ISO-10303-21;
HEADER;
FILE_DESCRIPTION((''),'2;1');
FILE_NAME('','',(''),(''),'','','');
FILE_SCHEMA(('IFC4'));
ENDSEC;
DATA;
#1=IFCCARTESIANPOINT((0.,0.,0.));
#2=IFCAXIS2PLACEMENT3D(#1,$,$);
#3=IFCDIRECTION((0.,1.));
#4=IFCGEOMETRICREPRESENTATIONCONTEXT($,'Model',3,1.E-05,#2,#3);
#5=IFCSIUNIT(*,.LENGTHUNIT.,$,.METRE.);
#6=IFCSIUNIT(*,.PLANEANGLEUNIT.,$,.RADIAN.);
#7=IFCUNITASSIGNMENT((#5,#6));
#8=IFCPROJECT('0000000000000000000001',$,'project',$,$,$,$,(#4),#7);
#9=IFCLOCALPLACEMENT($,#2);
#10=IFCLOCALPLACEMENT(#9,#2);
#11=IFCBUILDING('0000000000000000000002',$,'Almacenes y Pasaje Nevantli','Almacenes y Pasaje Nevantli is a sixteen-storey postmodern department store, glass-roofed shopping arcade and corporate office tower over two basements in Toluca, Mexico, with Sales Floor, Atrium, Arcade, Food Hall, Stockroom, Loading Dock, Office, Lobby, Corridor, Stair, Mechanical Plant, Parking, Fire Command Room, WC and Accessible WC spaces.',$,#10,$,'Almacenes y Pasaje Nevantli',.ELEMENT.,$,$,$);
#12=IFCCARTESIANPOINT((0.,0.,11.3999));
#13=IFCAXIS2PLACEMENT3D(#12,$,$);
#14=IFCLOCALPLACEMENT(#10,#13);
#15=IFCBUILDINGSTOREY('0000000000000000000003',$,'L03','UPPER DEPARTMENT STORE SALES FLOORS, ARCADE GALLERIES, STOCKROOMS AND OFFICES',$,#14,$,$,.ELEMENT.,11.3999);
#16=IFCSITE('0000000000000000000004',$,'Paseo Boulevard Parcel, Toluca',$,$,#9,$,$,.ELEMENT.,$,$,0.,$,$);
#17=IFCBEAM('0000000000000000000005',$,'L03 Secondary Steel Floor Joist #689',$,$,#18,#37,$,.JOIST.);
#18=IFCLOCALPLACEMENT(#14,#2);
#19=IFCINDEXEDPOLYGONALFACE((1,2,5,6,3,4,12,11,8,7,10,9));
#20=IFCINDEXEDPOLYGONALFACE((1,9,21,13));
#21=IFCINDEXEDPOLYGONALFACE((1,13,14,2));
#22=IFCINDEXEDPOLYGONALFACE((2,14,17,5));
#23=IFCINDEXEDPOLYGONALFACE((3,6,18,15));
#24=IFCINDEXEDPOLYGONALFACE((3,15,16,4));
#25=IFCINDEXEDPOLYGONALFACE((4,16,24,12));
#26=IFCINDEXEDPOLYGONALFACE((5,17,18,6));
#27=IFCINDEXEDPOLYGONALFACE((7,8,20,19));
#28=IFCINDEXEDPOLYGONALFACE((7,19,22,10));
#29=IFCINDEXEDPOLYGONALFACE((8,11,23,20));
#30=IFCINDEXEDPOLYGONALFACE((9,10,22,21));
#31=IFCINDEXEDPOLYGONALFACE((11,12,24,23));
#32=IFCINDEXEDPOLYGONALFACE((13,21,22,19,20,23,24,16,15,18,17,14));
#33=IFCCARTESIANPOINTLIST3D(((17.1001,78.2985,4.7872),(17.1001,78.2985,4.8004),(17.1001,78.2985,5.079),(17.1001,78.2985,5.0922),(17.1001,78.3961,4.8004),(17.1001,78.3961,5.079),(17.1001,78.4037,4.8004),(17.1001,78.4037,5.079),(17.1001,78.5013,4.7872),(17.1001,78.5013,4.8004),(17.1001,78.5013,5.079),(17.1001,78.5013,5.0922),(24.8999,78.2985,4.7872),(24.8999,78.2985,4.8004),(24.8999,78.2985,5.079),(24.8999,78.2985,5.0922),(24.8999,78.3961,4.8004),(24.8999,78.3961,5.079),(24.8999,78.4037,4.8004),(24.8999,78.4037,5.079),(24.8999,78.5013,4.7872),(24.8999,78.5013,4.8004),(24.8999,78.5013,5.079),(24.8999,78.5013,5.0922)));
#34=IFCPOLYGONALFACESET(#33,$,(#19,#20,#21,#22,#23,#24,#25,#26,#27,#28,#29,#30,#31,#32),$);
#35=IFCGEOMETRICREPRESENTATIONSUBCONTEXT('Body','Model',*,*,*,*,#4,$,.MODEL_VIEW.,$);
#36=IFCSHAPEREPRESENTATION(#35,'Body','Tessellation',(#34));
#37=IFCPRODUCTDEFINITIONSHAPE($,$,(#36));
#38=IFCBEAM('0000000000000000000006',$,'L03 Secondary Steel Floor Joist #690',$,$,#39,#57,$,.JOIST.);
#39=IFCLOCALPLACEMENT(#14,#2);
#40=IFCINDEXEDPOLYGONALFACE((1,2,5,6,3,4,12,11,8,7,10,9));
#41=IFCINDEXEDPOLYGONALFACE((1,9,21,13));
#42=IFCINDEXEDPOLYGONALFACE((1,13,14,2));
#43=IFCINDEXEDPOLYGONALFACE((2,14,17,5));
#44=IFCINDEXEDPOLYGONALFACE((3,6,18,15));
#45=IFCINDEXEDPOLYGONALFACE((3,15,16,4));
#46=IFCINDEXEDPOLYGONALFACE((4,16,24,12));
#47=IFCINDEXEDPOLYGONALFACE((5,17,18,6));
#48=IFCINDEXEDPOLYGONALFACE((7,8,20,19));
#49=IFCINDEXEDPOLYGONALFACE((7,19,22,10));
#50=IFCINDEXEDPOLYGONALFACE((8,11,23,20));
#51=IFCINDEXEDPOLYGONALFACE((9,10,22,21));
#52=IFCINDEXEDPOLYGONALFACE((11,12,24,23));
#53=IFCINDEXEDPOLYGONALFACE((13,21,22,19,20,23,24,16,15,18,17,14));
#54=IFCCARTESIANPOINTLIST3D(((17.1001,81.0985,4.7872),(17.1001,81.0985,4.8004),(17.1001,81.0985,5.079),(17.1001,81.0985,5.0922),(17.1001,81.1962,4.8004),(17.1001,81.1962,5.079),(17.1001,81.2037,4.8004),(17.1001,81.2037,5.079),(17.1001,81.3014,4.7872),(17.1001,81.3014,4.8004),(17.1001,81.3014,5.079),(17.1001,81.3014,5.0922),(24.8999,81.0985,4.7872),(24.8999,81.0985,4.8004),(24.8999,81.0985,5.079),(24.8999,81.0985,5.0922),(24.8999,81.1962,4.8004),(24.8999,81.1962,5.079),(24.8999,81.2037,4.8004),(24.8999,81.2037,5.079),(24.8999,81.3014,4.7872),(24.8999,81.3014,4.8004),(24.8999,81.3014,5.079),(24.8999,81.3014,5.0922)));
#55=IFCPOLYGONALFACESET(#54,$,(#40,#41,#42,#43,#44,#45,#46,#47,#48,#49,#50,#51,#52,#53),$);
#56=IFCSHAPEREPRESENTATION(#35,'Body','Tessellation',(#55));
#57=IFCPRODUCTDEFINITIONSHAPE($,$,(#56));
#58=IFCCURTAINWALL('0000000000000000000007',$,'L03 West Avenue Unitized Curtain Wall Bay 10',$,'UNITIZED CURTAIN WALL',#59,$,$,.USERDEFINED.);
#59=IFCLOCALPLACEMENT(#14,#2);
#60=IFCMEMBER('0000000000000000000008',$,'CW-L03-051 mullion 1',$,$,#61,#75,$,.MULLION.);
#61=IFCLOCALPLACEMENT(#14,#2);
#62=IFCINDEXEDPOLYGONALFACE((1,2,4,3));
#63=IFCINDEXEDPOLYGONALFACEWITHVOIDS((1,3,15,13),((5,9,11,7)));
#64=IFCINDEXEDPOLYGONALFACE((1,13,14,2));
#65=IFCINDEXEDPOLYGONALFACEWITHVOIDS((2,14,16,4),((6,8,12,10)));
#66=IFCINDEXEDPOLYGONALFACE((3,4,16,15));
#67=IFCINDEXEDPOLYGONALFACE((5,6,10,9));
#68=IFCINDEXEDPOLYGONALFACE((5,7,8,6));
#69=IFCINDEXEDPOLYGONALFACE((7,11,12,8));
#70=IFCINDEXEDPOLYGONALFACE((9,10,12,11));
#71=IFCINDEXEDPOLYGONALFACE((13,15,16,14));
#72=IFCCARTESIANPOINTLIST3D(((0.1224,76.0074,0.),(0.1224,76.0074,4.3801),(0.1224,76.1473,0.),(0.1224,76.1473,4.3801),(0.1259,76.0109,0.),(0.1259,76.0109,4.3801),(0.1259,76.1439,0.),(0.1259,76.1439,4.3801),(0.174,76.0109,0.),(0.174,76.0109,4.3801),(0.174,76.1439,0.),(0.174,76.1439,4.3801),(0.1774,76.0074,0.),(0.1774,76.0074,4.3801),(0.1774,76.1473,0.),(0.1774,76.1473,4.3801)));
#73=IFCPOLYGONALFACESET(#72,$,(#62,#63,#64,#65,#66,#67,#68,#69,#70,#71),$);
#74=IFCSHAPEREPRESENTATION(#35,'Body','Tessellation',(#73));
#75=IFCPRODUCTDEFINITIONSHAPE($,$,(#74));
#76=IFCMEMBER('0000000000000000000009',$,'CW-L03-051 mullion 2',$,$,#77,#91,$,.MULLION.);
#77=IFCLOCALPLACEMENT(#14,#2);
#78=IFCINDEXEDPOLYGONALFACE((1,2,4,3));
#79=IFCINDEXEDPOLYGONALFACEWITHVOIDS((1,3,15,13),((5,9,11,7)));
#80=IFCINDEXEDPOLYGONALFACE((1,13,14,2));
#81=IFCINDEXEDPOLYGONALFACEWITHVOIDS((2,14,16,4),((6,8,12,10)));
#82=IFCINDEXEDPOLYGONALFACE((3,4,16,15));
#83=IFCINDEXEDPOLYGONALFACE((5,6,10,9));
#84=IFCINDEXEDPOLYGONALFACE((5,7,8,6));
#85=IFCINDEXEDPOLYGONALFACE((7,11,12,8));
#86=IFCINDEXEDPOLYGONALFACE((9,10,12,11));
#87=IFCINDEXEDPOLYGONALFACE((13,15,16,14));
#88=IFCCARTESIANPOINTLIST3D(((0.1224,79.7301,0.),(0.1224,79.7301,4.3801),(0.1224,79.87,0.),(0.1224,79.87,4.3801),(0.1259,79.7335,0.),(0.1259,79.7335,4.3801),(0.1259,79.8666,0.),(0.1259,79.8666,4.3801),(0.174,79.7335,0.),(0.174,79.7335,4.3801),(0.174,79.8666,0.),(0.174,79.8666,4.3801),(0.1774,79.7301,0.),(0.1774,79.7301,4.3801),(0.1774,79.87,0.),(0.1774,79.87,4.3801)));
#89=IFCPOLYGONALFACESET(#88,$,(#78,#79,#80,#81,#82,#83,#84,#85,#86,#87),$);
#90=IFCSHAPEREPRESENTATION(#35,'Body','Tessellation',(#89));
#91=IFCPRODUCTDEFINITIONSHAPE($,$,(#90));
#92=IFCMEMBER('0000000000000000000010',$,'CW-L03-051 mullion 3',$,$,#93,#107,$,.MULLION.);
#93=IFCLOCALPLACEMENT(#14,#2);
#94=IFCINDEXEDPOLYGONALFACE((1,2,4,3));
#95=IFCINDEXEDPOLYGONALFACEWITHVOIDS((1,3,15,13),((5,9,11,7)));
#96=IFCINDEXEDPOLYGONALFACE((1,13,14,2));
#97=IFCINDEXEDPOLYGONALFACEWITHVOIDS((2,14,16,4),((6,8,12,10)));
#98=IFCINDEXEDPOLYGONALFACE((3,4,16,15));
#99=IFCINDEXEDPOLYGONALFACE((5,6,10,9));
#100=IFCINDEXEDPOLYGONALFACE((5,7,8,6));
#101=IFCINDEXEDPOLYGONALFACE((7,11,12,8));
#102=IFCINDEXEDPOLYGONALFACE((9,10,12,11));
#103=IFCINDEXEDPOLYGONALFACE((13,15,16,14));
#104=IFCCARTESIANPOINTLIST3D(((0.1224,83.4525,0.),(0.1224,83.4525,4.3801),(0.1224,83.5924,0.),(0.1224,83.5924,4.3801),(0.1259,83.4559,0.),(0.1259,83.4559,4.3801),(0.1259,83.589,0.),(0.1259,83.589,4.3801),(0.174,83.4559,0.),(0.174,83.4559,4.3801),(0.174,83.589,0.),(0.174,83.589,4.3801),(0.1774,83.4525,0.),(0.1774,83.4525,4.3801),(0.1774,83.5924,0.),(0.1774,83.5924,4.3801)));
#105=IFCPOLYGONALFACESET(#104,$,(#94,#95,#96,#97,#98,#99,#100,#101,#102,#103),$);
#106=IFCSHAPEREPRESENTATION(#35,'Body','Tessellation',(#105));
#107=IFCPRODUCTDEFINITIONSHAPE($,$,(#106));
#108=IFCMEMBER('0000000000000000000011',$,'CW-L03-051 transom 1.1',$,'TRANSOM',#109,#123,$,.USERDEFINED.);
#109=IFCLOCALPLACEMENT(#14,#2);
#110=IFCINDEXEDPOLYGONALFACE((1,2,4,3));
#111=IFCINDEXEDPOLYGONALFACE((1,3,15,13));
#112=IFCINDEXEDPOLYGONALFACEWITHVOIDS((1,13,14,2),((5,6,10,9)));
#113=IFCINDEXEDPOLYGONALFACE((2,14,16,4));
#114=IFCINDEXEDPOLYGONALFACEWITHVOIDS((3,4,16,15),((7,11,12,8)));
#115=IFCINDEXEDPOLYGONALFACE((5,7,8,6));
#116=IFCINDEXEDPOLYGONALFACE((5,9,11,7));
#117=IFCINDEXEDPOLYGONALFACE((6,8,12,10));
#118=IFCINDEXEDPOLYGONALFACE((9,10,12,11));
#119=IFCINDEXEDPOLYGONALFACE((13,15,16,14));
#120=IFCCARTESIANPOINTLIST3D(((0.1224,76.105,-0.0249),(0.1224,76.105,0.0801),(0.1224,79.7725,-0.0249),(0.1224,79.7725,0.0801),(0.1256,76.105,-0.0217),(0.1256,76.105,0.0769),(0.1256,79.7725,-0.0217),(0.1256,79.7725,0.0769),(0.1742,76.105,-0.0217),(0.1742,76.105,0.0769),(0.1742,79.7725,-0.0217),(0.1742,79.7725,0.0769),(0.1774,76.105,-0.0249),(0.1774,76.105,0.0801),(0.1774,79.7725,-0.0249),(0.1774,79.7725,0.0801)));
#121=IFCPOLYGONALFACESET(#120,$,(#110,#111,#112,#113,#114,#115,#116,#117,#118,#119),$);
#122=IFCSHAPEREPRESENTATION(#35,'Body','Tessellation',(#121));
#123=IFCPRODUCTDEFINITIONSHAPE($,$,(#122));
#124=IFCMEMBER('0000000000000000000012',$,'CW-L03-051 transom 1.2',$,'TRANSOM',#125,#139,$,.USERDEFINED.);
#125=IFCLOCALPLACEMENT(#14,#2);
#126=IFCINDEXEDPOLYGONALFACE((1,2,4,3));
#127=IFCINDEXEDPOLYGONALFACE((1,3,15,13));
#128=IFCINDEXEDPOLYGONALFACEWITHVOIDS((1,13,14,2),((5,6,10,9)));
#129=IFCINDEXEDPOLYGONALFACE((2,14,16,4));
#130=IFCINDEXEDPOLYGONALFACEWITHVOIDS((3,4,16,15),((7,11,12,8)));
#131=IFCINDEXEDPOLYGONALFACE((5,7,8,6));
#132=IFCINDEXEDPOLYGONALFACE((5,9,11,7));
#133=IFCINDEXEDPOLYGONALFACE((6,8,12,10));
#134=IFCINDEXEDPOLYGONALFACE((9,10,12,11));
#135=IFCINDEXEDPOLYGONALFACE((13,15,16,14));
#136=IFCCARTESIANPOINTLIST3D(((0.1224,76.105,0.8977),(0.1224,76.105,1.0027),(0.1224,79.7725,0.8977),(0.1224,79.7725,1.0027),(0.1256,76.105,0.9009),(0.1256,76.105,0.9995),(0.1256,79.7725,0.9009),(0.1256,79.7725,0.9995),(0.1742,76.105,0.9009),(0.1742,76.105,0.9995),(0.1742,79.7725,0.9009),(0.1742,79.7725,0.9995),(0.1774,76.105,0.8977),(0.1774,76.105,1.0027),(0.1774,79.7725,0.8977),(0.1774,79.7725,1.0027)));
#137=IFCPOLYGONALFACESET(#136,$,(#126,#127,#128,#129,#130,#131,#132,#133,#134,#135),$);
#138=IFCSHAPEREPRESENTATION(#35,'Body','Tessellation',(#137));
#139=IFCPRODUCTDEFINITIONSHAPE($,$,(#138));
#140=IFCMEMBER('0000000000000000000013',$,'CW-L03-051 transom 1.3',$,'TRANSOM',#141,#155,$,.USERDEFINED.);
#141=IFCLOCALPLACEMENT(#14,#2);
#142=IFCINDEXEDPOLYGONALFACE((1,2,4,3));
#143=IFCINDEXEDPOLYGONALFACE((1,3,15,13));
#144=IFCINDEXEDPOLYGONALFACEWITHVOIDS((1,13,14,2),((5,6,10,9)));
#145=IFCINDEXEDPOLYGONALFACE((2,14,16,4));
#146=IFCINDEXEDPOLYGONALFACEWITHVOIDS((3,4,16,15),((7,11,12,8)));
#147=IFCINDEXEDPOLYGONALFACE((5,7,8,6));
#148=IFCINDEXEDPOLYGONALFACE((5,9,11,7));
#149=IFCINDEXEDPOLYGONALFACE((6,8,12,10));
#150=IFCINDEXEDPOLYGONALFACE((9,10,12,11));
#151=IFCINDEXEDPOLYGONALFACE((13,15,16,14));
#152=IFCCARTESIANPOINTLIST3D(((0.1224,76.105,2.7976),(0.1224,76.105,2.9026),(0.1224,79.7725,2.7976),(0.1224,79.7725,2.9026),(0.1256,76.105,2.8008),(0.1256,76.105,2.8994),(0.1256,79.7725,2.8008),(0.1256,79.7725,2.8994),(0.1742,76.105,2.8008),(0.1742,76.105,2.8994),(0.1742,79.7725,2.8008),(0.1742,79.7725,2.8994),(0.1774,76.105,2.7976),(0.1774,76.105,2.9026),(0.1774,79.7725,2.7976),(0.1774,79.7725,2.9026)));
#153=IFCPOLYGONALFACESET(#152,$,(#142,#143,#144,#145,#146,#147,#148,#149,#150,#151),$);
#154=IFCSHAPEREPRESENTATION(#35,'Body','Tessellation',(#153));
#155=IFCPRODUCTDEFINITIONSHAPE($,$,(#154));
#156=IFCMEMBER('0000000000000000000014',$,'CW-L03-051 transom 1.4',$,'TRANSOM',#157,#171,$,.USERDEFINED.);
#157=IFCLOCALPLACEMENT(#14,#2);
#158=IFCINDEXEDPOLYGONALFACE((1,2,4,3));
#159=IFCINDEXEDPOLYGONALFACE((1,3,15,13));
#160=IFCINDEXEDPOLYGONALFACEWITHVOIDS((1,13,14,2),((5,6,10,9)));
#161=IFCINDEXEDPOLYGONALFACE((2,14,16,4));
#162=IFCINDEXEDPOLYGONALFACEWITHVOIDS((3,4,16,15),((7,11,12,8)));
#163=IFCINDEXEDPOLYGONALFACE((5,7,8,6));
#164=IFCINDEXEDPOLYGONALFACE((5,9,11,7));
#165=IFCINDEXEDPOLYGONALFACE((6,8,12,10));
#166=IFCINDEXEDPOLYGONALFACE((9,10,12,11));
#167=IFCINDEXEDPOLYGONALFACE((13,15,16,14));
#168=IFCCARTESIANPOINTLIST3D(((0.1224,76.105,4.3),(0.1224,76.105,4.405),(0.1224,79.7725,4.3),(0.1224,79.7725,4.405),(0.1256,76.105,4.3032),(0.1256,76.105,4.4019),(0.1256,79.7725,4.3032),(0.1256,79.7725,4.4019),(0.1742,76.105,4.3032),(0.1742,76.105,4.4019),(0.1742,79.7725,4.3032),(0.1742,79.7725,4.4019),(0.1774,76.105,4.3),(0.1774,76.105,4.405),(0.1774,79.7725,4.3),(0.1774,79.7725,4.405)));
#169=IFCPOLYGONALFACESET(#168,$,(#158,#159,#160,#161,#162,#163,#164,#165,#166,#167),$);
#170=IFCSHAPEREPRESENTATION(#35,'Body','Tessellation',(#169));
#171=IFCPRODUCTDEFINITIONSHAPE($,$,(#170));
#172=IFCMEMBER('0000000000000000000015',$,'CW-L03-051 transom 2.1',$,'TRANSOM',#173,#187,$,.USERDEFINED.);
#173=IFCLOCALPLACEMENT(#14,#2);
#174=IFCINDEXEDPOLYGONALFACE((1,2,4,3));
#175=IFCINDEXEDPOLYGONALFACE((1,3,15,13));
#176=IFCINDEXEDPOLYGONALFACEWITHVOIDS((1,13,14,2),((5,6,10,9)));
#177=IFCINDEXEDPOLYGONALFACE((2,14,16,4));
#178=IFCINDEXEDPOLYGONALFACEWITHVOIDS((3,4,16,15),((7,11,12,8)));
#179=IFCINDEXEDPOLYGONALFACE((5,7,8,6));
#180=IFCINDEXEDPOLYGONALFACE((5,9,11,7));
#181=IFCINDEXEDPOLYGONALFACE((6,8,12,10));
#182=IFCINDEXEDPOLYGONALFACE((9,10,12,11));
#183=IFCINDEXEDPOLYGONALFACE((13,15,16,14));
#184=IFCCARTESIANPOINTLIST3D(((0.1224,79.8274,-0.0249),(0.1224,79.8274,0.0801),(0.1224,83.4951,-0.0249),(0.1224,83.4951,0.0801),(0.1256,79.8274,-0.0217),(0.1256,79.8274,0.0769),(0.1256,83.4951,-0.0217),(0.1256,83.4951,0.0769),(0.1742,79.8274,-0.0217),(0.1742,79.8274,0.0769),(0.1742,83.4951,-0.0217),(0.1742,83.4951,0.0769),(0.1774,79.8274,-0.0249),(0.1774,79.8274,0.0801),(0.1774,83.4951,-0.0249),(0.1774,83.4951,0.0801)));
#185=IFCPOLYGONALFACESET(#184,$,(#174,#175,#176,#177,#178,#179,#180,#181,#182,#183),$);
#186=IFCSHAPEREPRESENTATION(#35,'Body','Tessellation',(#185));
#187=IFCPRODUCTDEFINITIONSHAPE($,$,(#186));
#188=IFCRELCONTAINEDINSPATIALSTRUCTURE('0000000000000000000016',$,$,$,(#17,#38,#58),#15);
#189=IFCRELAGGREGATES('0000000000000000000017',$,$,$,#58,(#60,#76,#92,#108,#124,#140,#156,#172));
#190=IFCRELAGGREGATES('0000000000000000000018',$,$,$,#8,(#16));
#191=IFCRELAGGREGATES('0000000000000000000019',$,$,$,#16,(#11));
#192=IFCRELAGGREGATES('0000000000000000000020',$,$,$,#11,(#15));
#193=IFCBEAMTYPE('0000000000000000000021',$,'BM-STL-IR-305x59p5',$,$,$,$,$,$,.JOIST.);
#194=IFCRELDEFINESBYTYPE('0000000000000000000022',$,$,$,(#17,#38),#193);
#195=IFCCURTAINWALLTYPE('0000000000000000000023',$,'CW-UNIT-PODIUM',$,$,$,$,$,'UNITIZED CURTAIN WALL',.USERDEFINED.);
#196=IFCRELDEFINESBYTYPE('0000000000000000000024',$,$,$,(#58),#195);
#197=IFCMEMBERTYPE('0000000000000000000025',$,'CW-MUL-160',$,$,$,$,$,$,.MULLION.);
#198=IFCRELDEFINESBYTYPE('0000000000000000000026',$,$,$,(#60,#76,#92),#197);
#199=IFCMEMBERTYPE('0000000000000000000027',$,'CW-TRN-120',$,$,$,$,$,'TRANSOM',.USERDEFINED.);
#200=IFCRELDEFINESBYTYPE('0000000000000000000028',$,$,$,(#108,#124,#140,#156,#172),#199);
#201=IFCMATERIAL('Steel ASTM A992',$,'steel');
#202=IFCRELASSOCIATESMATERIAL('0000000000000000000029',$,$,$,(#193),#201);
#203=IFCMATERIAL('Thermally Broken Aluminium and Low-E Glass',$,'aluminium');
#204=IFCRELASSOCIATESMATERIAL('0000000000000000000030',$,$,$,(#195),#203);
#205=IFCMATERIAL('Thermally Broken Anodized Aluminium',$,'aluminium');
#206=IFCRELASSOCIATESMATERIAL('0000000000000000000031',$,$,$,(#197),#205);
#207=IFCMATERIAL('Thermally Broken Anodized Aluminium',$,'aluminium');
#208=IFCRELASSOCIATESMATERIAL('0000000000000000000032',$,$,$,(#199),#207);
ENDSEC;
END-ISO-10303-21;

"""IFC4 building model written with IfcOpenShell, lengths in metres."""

from ifc_helpers import new_model, si_unit, direction, frame, origin, origin_2d, place, context, subcontext, project, spatial, hollow_rectangle, i_section, extrude, material, material_profile, profile_set, type_object, element, aggregate, save


model = new_model("IFC4")

# Units and contexts
model_context = context("Model", 3, precision=1e-05, world=origin(), true_north=direction((0.0, 1.0)))
body_context = subcontext(model_context, "Body", "Model", "MODEL_VIEW")
ifc_project = project(units=[si_unit("LENGTHUNIT", "METRE"), si_unit("PLANEANGLEUNIT", "RADIAN")], contexts=[model_context])

# Site, building, storey
site_placement = place(None, origin())
site = spatial("IfcSite", under=ifc_project, at=site_placement, Name="Paseo Boulevard Parcel, Toluca", CompositionType="ELEMENT", RefElevation=0.0)
building_placement = place(site_placement, origin())
building = spatial("IfcBuilding", under=site, at=building_placement, Name="Almacenes y Pasaje Nevantli", Description="Almacenes y Pasaje Nevantli is a sixteen-storey postmodern department store, glass-roofed shopping arcade and corporate office tower over two basements in Toluca, Mexico, with Sales Floor, Atrium, Arcade, Food Hall, Stockroom, Loading Dock, Office, Lobby, Corridor, Stair, Mechanical Plant, Parking, Fire Command Room, WC and Accessible WC spaces.", LongName="Almacenes y Pasaje Nevantli", CompositionType="ELEMENT")
storey_placement = place(building_placement, frame((0.0, 0.0, 11.3999)))
storey = spatial("IfcBuildingStorey", under=building, at=storey_placement, Name="L03", Description="UPPER DEPARTMENT STORE SALES FLOORS, ARCADE GALLERIES, STOCKROOMS AND OFFICES", CompositionType="ELEMENT", Elevation=11.3999)

# Beams
ifc_material_1 = material(Name="Steel ASTM A992", Category="steel")
ifc_material_profile_1 = material_profile(ifc_material_1, i_section(OverallWidth=0.2029, OverallDepth=0.3049, WebThickness=0.0076, FlangeThickness=0.0132, at=origin_2d()), Name="IR 305x59.5")
ifc_profile_set_1 = profile_set([ifc_material_profile_1], Name="Steel ASTM A992")
beam_type_1 = type_object("IfcBeamType", Name="BM-STL-IR-305x59p5", PredefinedType="JOIST", material=ifc_profile_set_1)
for number, where, z_axis, x_axis, name in (
    (1, (17.1001, 78.3999, 4.9397), (1.0, 0.0, 0.0), (0.0, 1.0, 0.0), "L03 Secondary Steel Floor Joist #689"),
    (2, (17.1001, 81.2, 4.9397), (1.0, 0.0, 0.0), (0.0, 1.0, 0.0), "L03 Secondary Steel Floor Joist #690"),
):
    element("IfcBeam", number, at=place(storey_placement, frame(where, z_axis=z_axis, x_axis=x_axis)), inside=storey, type_object=beam_type_1, Name=name, PredefinedType="JOIST", context=body_context, shape_type="SweptSolid", body=[
        extrude(i_section(OverallWidth=0.2029, OverallDepth=0.3049, WebThickness=0.0076, FlangeThickness=0.0132, at=origin_2d()), origin(), (0.0, 0.0, 1.0), 7.7998),
    ])

# Curtain wall, members
ifc_material_2 = material(Name="Thermally Broken Aluminium and Low-E Glass", Category="aluminium")
curtain_wall_type = type_object("IfcCurtainWallType", Name="CW-UNIT-PODIUM", ElementType="UNITIZED CURTAIN WALL", PredefinedType="USERDEFINED", material=ifc_material_2)
curtain_wall_placement = place(storey_placement, origin())
curtain_wall = element("IfcCurtainWall", 3, at=curtain_wall_placement, inside=storey, type_object=curtain_wall_type, Name="L03 West Avenue Unitized Curtain Wall Bay 10", ObjectType="UNITIZED CURTAIN WALL", PredefinedType="USERDEFINED")
ifc_material_3 = material(Name="Thermally Broken Anodized Aluminium", Category="aluminium")
ifc_material_profile_2 = material_profile(ifc_material_3, hollow_rectangle(XDim=0.0549, YDim=0.1399, WallThickness=0.0034, at=origin_2d()), Name="ALU-MUL-55x140")
ifc_profile_set_2 = profile_set([ifc_material_profile_2], Name="Thermally Broken Anodized Aluminium")
member_type_1 = type_object("IfcMemberType", Name="CW-MUL-160", PredefinedType="MULLION", material=ifc_profile_set_2)
member_1_placement = place(storey_placement, frame((0.1499, 76.0774, 0.0), z_axis=(0.0, 0.0, 1.0), x_axis=(-1.0, 0.0, 0.0)))
member_1 = element("IfcMember", 4, at=member_1_placement, type_object=member_type_1, Name="CW-L03-051 mullion 1", PredefinedType="MULLION", context=body_context, shape_type="SweptSolid", body=[
    extrude(hollow_rectangle(XDim=0.0549, YDim=0.1399, WallThickness=0.0034, at=origin_2d()), origin(), (0.0, 0.0, 1.0), 4.3801),
])
member_2_placement = place(storey_placement, frame((0.1499, 79.8, 0.0), z_axis=(0.0, 0.0, 1.0), x_axis=(-1.0, 0.0, 0.0)))
member_2 = element("IfcMember", 5, at=member_2_placement, type_object=member_type_1, Name="CW-L03-051 mullion 2", PredefinedType="MULLION", context=body_context, shape_type="SweptSolid", body=[
    extrude(hollow_rectangle(XDim=0.0549, YDim=0.1399, WallThickness=0.0034, at=origin_2d()), origin(), (0.0, 0.0, 1.0), 4.3801),
])
member_3_placement = place(storey_placement, frame((0.1499, 83.5225, 0.0), z_axis=(0.0, 0.0, 1.0), x_axis=(-1.0, 0.0, 0.0)))
member_3 = element("IfcMember", 6, at=member_3_placement, type_object=member_type_1, Name="CW-L03-051 mullion 3", PredefinedType="MULLION", context=body_context, shape_type="SweptSolid", body=[
    extrude(hollow_rectangle(XDim=0.0549, YDim=0.1399, WallThickness=0.0034, at=origin_2d()), origin(), (0.0, 0.0, 1.0), 4.3801),
])
ifc_material_4 = material(Name="Thermally Broken Anodized Aluminium", Category="aluminium")
ifc_material_profile_3 = material_profile(ifc_material_4, hollow_rectangle(XDim=0.0549, YDim=0.105, WallThickness=0.0032, at=origin_2d()), Name="ALU-TRN-55x105")
ifc_profile_set_3 = profile_set([ifc_material_profile_3], Name="Thermally Broken Anodized Aluminium")
member_type_2 = type_object("IfcMemberType", Name="CW-TRN-120", ElementType="TRANSOM", PredefinedType="USERDEFINED", material=ifc_profile_set_3)
member_4_placement = place(storey_placement, frame((0.1499, 76.105, 0.0276), z_axis=(0.0, 1.0, 0.0), x_axis=(-1.0, 0.0, 0.0)))
member_4 = element("IfcMember", 7, at=member_4_placement, type_object=member_type_2, Name="CW-L03-051 transom 1.1", ObjectType="TRANSOM", PredefinedType="USERDEFINED", context=body_context, shape_type="SweptSolid", body=[
    extrude(hollow_rectangle(XDim=0.0549, YDim=0.105, WallThickness=0.0032, at=origin_2d()), origin(), (0.0, 0.0, 1.0), 3.6675),
])
member_5_placement = place(storey_placement, frame((0.1499, 76.105, 0.9502), z_axis=(0.0, 1.0, 0.0), x_axis=(-1.0, 0.0, 0.0)))
member_5 = element("IfcMember", 8, at=member_5_placement, type_object=member_type_2, Name="CW-L03-051 transom 1.2", ObjectType="TRANSOM", PredefinedType="USERDEFINED", context=body_context, shape_type="SweptSolid", body=[
    extrude(hollow_rectangle(XDim=0.0549, YDim=0.105, WallThickness=0.0032, at=origin_2d()), origin(), (0.0, 0.0, 1.0), 3.6675),
])
member_6_placement = place(storey_placement, frame((0.1499, 76.105, 2.8501), z_axis=(0.0, 1.0, 0.0), x_axis=(-1.0, 0.0, 0.0)))
member_6 = element("IfcMember", 9, at=member_6_placement, type_object=member_type_2, Name="CW-L03-051 transom 1.3", ObjectType="TRANSOM", PredefinedType="USERDEFINED", context=body_context, shape_type="SweptSolid", body=[
    extrude(hollow_rectangle(XDim=0.0549, YDim=0.105, WallThickness=0.0032, at=origin_2d()), origin(), (0.0, 0.0, 1.0), 3.6675),
])
member_7_placement = place(storey_placement, frame((0.1499, 76.105, 4.3525), z_axis=(0.0, 1.0, 0.0), x_axis=(-1.0, 0.0, 0.0)))
member_7 = element("IfcMember", 10, at=member_7_placement, type_object=member_type_2, Name="CW-L03-051 transom 1.4", ObjectType="TRANSOM", PredefinedType="USERDEFINED", context=body_context, shape_type="SweptSolid", body=[
    extrude(hollow_rectangle(XDim=0.0549, YDim=0.105, WallThickness=0.0032, at=origin_2d()), origin(), (0.0, 0.0, 1.0), 3.6675),
])
member_8_placement = place(storey_placement, frame((0.1499, 79.8274, 0.0276), z_axis=(0.0, 1.0, 0.0), x_axis=(-1.0, 0.0, 0.0)))
member_8 = element("IfcMember", 11, at=member_8_placement, type_object=member_type_2, Name="CW-L03-051 transom 2.1", ObjectType="TRANSOM", PredefinedType="USERDEFINED", context=body_context, shape_type="SweptSolid", body=[
    extrude(hollow_rectangle(XDim=0.0549, YDim=0.105, WallThickness=0.0032, at=origin_2d()), origin(), (0.0, 0.0, 1.0), 3.6677),
])
aggregate(curtain_wall, [member_1, member_2, member_3, member_4, member_5, member_6, member_7, member_8])

save(model, "model.ifc")
